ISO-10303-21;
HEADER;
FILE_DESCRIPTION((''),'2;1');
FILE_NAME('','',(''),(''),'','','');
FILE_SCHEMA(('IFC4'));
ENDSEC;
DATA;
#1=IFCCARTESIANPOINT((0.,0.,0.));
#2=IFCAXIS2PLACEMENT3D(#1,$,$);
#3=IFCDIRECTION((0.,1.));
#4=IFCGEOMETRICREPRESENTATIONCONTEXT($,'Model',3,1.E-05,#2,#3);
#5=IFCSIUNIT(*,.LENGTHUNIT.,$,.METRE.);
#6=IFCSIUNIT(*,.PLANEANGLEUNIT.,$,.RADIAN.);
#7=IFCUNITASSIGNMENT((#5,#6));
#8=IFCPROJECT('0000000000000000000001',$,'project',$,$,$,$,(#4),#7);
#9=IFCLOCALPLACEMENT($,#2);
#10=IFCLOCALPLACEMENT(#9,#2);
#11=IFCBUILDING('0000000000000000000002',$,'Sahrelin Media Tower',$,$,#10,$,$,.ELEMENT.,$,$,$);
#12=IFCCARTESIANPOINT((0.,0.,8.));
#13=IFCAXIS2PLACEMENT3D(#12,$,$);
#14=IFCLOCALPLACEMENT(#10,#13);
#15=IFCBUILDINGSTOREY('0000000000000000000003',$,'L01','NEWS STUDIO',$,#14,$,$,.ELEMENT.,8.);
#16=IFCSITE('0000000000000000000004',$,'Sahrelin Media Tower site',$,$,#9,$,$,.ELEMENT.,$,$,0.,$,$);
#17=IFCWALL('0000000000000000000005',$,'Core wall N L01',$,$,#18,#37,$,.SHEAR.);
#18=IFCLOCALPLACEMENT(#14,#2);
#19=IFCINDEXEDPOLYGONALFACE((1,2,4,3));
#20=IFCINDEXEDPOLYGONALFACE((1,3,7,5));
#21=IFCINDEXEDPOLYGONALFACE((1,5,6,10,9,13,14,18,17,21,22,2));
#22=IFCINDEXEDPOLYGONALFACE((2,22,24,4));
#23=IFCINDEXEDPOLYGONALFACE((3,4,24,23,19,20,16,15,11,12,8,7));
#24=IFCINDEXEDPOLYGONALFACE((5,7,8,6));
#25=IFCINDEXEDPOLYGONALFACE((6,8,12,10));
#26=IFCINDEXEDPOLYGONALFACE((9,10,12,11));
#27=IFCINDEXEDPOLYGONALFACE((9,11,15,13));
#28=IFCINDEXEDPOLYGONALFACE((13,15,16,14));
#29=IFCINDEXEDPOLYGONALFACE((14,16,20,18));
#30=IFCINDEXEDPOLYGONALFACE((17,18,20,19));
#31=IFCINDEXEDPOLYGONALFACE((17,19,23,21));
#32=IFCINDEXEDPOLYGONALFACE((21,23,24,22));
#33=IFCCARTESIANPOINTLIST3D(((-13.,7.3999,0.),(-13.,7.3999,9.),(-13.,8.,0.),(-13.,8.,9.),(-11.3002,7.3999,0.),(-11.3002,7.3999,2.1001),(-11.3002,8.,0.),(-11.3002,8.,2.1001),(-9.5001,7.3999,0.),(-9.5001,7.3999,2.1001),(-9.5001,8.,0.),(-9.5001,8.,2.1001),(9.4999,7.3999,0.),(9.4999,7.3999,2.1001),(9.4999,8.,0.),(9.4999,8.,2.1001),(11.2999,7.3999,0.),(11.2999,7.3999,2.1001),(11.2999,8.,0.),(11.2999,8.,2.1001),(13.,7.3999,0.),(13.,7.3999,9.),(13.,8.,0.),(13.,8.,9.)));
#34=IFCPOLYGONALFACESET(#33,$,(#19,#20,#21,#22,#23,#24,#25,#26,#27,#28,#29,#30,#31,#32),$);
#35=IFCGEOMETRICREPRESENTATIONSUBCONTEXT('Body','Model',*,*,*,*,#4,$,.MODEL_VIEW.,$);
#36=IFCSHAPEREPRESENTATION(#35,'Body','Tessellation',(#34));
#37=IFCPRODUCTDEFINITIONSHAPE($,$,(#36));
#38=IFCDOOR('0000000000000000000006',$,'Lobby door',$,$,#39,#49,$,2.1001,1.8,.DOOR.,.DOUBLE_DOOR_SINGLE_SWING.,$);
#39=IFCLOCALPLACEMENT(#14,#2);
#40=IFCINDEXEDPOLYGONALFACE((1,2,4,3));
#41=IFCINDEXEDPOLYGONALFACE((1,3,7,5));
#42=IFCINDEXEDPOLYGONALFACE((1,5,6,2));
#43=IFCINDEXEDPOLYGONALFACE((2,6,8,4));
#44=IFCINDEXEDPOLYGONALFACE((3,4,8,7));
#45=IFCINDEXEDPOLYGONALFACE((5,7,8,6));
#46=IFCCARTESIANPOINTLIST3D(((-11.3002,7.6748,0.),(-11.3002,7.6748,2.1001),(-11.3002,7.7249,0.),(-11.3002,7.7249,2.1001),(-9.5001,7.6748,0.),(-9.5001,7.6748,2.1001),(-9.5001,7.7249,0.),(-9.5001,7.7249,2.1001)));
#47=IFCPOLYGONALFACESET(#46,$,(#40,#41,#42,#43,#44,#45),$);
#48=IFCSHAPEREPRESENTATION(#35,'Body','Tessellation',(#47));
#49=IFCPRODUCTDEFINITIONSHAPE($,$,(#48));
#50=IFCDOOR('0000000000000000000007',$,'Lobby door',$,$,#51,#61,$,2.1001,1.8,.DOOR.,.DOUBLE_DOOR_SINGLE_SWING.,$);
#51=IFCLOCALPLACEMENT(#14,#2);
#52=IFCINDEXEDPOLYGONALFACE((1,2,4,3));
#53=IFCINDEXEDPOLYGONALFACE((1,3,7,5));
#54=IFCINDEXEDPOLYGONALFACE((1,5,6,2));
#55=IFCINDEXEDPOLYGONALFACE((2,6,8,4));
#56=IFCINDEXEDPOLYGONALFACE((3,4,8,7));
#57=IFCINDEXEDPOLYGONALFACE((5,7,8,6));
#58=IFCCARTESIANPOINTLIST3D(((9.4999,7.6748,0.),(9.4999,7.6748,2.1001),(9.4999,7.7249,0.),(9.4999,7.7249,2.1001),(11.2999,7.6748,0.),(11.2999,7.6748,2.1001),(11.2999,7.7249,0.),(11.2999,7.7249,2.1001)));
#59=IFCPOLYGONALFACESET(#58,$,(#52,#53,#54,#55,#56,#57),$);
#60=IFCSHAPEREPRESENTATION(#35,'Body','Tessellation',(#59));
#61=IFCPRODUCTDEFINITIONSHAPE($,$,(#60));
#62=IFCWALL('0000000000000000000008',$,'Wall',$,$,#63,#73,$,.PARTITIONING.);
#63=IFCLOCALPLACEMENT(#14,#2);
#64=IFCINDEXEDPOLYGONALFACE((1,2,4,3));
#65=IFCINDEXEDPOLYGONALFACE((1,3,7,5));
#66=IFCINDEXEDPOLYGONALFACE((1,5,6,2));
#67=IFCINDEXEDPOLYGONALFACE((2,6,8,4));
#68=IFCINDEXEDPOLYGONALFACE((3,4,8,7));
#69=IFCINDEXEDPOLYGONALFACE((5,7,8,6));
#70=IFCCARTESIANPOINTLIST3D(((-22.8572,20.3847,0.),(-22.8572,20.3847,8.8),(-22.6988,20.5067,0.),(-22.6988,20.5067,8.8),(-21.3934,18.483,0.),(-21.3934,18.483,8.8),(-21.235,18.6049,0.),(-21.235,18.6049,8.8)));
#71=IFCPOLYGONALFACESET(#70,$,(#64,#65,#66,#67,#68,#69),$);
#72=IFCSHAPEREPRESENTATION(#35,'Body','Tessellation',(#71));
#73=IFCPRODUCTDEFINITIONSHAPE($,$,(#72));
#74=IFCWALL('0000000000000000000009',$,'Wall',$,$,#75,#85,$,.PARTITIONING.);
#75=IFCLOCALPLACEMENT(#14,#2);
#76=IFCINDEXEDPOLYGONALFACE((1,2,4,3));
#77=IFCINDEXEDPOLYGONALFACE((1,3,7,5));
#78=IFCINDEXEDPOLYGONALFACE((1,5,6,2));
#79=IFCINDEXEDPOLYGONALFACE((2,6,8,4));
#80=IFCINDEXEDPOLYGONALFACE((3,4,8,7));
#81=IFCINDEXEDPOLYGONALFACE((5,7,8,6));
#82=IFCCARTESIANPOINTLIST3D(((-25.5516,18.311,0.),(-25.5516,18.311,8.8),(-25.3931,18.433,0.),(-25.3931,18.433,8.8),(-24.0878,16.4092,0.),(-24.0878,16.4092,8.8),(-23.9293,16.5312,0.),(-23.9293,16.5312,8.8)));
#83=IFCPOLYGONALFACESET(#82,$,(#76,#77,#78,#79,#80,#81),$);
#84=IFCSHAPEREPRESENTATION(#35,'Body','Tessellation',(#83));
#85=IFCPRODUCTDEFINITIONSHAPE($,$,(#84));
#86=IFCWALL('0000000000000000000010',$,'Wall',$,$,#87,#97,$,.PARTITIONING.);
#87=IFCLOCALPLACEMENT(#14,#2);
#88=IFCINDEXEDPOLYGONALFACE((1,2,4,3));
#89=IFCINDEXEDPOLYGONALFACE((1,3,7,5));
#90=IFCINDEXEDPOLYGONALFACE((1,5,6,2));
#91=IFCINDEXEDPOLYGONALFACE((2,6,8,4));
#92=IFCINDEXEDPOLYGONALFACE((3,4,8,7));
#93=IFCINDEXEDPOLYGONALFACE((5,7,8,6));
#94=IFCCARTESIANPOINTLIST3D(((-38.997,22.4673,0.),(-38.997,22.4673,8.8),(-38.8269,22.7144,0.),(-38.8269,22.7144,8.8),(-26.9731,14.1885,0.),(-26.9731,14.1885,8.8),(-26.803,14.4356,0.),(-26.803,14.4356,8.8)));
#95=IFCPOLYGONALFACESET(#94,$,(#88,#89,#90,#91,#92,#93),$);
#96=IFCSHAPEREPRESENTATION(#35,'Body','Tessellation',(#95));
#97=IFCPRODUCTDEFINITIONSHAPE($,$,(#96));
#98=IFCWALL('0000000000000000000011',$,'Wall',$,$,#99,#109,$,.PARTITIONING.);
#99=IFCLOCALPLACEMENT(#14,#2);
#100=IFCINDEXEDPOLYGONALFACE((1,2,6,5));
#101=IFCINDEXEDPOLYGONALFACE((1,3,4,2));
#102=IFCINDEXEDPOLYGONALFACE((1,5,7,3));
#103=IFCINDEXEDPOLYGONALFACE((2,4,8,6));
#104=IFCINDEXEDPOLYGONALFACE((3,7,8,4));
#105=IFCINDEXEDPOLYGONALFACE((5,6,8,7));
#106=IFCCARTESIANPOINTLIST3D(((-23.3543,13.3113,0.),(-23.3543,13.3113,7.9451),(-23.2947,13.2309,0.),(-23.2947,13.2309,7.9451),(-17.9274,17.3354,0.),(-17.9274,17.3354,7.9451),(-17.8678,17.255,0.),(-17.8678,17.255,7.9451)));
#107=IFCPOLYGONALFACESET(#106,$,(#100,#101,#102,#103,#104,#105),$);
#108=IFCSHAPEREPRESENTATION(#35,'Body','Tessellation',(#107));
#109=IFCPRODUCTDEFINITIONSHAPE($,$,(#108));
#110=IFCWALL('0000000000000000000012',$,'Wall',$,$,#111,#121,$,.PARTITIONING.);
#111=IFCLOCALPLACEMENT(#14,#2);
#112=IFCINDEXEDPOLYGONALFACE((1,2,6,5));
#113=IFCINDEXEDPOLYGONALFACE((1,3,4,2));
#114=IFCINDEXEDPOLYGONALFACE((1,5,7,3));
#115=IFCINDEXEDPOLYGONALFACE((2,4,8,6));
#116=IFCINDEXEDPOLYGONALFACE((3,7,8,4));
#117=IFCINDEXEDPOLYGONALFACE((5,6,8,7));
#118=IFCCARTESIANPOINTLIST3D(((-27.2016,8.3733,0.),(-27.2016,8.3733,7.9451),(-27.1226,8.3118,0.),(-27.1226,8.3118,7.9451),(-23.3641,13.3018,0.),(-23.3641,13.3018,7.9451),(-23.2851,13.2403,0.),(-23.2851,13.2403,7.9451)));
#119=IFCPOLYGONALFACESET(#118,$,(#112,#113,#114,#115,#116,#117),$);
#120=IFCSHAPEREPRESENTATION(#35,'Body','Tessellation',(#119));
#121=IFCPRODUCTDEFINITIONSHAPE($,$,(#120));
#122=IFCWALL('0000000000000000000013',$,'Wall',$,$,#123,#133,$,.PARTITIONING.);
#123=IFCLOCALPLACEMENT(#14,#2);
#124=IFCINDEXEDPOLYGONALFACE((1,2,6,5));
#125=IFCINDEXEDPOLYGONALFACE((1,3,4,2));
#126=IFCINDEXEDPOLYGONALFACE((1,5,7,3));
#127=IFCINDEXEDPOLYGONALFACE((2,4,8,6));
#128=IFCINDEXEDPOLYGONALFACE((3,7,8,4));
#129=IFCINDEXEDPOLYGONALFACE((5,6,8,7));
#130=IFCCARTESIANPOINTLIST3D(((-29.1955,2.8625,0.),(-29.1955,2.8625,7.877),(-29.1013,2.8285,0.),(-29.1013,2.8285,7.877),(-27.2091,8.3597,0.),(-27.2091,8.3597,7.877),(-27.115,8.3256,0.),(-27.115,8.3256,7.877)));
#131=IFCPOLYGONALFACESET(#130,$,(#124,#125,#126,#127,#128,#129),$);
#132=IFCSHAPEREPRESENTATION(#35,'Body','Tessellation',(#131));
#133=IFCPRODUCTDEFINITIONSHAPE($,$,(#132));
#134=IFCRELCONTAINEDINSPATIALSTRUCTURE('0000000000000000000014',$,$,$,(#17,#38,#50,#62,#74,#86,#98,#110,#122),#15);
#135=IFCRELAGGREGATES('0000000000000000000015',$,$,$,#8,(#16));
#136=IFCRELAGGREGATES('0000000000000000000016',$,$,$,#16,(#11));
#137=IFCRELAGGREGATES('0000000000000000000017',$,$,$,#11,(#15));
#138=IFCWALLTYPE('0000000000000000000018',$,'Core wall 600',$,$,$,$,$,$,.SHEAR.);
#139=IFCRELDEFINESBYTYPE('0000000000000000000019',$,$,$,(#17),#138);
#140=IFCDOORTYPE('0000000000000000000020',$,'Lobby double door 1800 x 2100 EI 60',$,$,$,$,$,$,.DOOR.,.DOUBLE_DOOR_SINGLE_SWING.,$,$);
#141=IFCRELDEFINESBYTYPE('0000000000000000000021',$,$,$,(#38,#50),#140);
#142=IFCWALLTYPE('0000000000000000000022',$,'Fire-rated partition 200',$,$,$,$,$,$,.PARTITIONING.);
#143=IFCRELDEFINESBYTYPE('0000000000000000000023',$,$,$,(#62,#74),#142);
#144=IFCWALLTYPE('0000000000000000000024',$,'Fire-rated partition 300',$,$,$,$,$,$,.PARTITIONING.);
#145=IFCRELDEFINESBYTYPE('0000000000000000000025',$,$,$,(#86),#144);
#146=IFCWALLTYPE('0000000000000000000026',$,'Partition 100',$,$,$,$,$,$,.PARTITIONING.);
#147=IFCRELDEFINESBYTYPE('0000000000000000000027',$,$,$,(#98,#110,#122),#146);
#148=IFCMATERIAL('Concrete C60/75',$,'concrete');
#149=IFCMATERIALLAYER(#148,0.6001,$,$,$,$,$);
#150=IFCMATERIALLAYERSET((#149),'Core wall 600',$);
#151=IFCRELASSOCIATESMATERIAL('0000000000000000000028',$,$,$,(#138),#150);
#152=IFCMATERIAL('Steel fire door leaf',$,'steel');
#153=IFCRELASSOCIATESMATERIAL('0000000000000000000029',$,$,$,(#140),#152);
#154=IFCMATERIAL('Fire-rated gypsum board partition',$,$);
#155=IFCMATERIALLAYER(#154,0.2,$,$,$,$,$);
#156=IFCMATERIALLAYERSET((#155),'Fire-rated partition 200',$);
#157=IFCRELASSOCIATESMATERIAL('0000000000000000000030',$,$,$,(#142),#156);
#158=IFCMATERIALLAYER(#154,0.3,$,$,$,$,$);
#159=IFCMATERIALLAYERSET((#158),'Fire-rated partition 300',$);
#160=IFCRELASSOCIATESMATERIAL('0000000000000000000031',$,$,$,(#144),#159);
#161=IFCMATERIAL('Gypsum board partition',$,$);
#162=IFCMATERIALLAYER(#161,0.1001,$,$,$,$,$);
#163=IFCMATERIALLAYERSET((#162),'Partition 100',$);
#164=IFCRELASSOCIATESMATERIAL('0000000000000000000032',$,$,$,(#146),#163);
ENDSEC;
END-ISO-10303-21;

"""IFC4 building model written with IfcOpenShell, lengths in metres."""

from ifc_helpers import new_model, si_unit, direction, frame, frame_2d, origin, place, context, subcontext, project, spatial, rectangle, extrude, material, layer, layer_set, type_object, element, fill, save


model = new_model("IFC4")

# Units and contexts
model_context = context("Model", 3, precision=1e-05, world=origin(), true_north=direction((0.0, 1.0)))
body_context = subcontext(model_context, "Body", "Model", "MODEL_VIEW")
ifc_project = project(units=[si_unit("LENGTHUNIT", "METRE"), si_unit("PLANEANGLEUNIT", "RADIAN")], contexts=[model_context])

# Site, building, storey
site_placement = place(None, origin())
site = spatial("IfcSite", under=ifc_project, at=site_placement, Name="Sahrelin Media Tower site", CompositionType="ELEMENT", RefElevation=0.0)
building_placement = place(site_placement, origin())
building = spatial("IfcBuilding", under=site, at=building_placement, Name="Sahrelin Media Tower", CompositionType="ELEMENT")
storey_placement = place(building_placement, frame((0.0, 0.0, 8.0)))
storey = spatial("IfcBuildingStorey", under=building, at=storey_placement, Name="L01", Description="NEWS STUDIO", CompositionType="ELEMENT", Elevation=8.0)

# Wall, openings, doors
ifc_material_1 = material(Name="Concrete C60/75", Category="concrete")
ifc_layer_1 = layer(ifc_material_1, 0.6001)
ifc_layer_set_1 = layer_set([ifc_layer_1], Name="Core wall 600")
wall_type_1 = type_object("IfcWallType", Name="Core wall 600", PredefinedType="SHEAR", material=ifc_layer_set_1)
wall_1_placement = place(storey_placement, frame((-13.0, 7.7, 0.0), z_axis=(0.0, 0.0, 1.0), x_axis=(1.0, 0.0, 0.0)))
wall_1 = element("IfcWall", 1, at=wall_1_placement, inside=storey, type_object=wall_type_1, Name="Core wall N L01", PredefinedType="SHEAR", context=body_context, shape_type="SweptSolid", body=[
    extrude(rectangle(XDim=26.0, YDim=0.6001, at=frame_2d((13.0, 0.0))), origin(), (0.0, 0.0, 1.0), 9.0),
])
opening_1_placement = place(wall_1_placement, frame((1.7, 0.0, 0.0)))
opening_1 = element("IfcOpeningElement", 2, at=opening_1_placement, cuts=wall_1, PredefinedType="OPENING", context=body_context, shape_type="SweptSolid", body=[
    extrude(rectangle(XDim=1.8, YDim=2.1001, at=frame_2d((0.8999, 1.05))), frame((0.0, 0.3, 0.0), z_axis=(0.0, -1.0, 0.0), x_axis=(1.0, 0.0, 0.0)), (0.0, 0.0, 1.0), 0.6001),
])
opening_2_placement = place(wall_1_placement, frame((22.5, 0.0, 0.0)))
opening_2 = element("IfcOpeningElement", 3, at=opening_2_placement, cuts=wall_1, PredefinedType="OPENING", context=body_context, shape_type="SweptSolid", body=[
    extrude(rectangle(XDim=1.8, YDim=2.1001, at=frame_2d((0.8999, 1.05))), frame((0.0, 0.3, 0.0), z_axis=(0.0, -1.0, 0.0), x_axis=(1.0, 0.0, 0.0)), (0.0, 0.0, 1.0), 0.6001),
])
ifc_material_2 = material(Name="Steel fire door leaf", Category="steel")
door_type_1 = type_object("IfcDoorType", Name="Lobby double door 1800 x 2100 EI 60", OperationType="DOUBLE_DOOR_SINGLE_SWING", PredefinedType="DOOR", material=ifc_material_2)
door_1_placement = place(opening_1_placement, origin())
door_1 = element("IfcDoor", 4, at=door_1_placement, inside=storey, type_object=door_type_1, Name="Lobby door", OperationType="DOUBLE_DOOR_SINGLE_SWING", OverallHeight=2.1001, OverallWidth=1.8, PredefinedType="DOOR", context=body_context, shape_type="SweptSolid", body=[
    extrude(rectangle(XDim=1.8, YDim=2.1001, at=frame_2d((0.8999, 1.05))), frame((0.0, 0.0249, 0.0), z_axis=(0.0, -1.0, 0.0), x_axis=(1.0, 0.0, 0.0)), (0.0, 0.0, 1.0), 0.05),
])
fill(opening_1, door_1)
door_2_placement = place(opening_2_placement, origin())
door_2 = element("IfcDoor", 5, at=door_2_placement, inside=storey, type_object=door_type_1, Name="Lobby door", OperationType="DOUBLE_DOOR_SINGLE_SWING", OverallHeight=2.1001, OverallWidth=1.8, PredefinedType="DOOR", context=body_context, shape_type="SweptSolid", body=[
    extrude(rectangle(XDim=1.8, YDim=2.1001, at=frame_2d((0.8999, 1.05))), frame((0.0, 0.0249, 0.0), z_axis=(0.0, -1.0, 0.0), x_axis=(1.0, 0.0, 0.0)), (0.0, 0.0, 1.0), 0.05),
])
fill(opening_2, door_2)

# Walls
ifc_material_3 = material(Name="Fire-rated gypsum board partition")
ifc_layer_2 = layer(ifc_material_3, 0.2)
ifc_layer_set_2 = layer_set([ifc_layer_2], Name="Fire-rated partition 200")
wall_type_2 = type_object("IfcWallType", Name="Fire-rated partition 200", PredefinedType="PARTITIONING", material=ifc_layer_set_2)
for number, where, z_axis, x_axis, name in (
    (6, (-21.3142, 18.5439, 0.0), (0.0, 0.0, 1.0), (-0.609947, 0.792442, 0.0), "Wall"),
    (7, (-24.0085, 16.4702, 0.0), (0.0, 0.0, 1.0), (-0.609947, 0.792442, 0.0), "Wall"),
):
    element("IfcWall", number, at=place(storey_placement, frame(where, z_axis=z_axis, x_axis=x_axis)), inside=storey, type_object=wall_type_2, Name=name, PredefinedType="PARTITIONING", context=body_context, shape_type="SweptSolid", body=[
        extrude(rectangle(XDim=2.3999, YDim=0.2, at=frame_2d((1.2, 0.0))), origin(), (0.0, 0.0, 1.0), 8.8),
    ])
ifc_layer_3 = layer(ifc_material_3, 0.3)
ifc_layer_set_3 = layer_set([ifc_layer_3], Name="Fire-rated partition 300")
wall_type_3 = type_object("IfcWallType", Name="Fire-rated partition 300", PredefinedType="PARTITIONING", material=ifc_layer_set_3)
wall_2_placement = place(storey_placement, frame((-26.8879, 14.312, 0.0), z_axis=(0.0, 0.0, 1.0), x_axis=(-0.823646, 0.567104, 0.0)))
element("IfcWall", 8, at=wall_2_placement, inside=storey, type_object=wall_type_3, Name="Wall", PredefinedType="PARTITIONING", context=body_context, shape_type="SweptSolid", body=[
    extrude(rectangle(XDim=14.5984, YDim=0.3, at=frame_2d((7.2993, 0.0))), origin(), (0.0, 0.0, 1.0), 8.8),
])
ifc_material_4 = material(Name="Gypsum board partition")
ifc_layer_4 = layer(ifc_material_4, 0.1001)
ifc_layer_set_4 = layer_set([ifc_layer_4], Name="Partition 100")
wall_type_4 = type_object("IfcWallType", Name="Partition 100", PredefinedType="PARTITIONING", material=ifc_layer_set_4)
wall_3_placement = place(storey_placement, frame((-17.8977, 17.2952, 0.0), z_axis=(0.0, 0.0, 1.0), x_axis=(-0.803262, -0.595626, 0.0)))
element("IfcWall", 9, at=wall_3_placement, inside=storey, type_object=wall_type_4, Name="Wall", PredefinedType="PARTITIONING", context=body_context, shape_type="SweptSolid", body=[
    extrude(rectangle(XDim=6.7561, YDim=0.1001, at=frame_2d((3.3779, 0.0))), origin(), (0.0, 0.0, 1.0), 7.9451),
])
wall_4_placement = place(storey_placement, frame((-23.3247, 13.271, 0.0), z_axis=(0.0, 0.0, 1.0), x_axis=(-0.614355, -0.78903, 0.0)))
element("IfcWall", 10, at=wall_4_placement, inside=storey, type_object=wall_type_4, Name="Wall", PredefinedType="PARTITIONING", context=body_context, shape_type="SweptSolid", body=[
    extrude(rectangle(XDim=6.2463, YDim=0.1001, at=frame_2d((3.123, 0.0))), origin(), (0.0, 0.0, 1.0), 7.9451),
])
wall_5_placement = place(storey_placement, frame((-27.1621, 8.3425, 0.0), z_axis=(0.0, 0.0, 1.0), x_axis=(-0.339837, -0.940484, 0.0)))
element("IfcWall", 11, at=wall_5_placement, inside=storey, type_object=wall_type_4, Name="Wall", PredefinedType="PARTITIONING", context=body_context, shape_type="SweptSolid", body=[
    extrude(rectangle(XDim=5.845, YDim=0.1001, at=frame_2d((2.9224, 0.0))), origin(), (0.0, 0.0, 1.0), 7.877),
])

save(model, "model.ifc")
